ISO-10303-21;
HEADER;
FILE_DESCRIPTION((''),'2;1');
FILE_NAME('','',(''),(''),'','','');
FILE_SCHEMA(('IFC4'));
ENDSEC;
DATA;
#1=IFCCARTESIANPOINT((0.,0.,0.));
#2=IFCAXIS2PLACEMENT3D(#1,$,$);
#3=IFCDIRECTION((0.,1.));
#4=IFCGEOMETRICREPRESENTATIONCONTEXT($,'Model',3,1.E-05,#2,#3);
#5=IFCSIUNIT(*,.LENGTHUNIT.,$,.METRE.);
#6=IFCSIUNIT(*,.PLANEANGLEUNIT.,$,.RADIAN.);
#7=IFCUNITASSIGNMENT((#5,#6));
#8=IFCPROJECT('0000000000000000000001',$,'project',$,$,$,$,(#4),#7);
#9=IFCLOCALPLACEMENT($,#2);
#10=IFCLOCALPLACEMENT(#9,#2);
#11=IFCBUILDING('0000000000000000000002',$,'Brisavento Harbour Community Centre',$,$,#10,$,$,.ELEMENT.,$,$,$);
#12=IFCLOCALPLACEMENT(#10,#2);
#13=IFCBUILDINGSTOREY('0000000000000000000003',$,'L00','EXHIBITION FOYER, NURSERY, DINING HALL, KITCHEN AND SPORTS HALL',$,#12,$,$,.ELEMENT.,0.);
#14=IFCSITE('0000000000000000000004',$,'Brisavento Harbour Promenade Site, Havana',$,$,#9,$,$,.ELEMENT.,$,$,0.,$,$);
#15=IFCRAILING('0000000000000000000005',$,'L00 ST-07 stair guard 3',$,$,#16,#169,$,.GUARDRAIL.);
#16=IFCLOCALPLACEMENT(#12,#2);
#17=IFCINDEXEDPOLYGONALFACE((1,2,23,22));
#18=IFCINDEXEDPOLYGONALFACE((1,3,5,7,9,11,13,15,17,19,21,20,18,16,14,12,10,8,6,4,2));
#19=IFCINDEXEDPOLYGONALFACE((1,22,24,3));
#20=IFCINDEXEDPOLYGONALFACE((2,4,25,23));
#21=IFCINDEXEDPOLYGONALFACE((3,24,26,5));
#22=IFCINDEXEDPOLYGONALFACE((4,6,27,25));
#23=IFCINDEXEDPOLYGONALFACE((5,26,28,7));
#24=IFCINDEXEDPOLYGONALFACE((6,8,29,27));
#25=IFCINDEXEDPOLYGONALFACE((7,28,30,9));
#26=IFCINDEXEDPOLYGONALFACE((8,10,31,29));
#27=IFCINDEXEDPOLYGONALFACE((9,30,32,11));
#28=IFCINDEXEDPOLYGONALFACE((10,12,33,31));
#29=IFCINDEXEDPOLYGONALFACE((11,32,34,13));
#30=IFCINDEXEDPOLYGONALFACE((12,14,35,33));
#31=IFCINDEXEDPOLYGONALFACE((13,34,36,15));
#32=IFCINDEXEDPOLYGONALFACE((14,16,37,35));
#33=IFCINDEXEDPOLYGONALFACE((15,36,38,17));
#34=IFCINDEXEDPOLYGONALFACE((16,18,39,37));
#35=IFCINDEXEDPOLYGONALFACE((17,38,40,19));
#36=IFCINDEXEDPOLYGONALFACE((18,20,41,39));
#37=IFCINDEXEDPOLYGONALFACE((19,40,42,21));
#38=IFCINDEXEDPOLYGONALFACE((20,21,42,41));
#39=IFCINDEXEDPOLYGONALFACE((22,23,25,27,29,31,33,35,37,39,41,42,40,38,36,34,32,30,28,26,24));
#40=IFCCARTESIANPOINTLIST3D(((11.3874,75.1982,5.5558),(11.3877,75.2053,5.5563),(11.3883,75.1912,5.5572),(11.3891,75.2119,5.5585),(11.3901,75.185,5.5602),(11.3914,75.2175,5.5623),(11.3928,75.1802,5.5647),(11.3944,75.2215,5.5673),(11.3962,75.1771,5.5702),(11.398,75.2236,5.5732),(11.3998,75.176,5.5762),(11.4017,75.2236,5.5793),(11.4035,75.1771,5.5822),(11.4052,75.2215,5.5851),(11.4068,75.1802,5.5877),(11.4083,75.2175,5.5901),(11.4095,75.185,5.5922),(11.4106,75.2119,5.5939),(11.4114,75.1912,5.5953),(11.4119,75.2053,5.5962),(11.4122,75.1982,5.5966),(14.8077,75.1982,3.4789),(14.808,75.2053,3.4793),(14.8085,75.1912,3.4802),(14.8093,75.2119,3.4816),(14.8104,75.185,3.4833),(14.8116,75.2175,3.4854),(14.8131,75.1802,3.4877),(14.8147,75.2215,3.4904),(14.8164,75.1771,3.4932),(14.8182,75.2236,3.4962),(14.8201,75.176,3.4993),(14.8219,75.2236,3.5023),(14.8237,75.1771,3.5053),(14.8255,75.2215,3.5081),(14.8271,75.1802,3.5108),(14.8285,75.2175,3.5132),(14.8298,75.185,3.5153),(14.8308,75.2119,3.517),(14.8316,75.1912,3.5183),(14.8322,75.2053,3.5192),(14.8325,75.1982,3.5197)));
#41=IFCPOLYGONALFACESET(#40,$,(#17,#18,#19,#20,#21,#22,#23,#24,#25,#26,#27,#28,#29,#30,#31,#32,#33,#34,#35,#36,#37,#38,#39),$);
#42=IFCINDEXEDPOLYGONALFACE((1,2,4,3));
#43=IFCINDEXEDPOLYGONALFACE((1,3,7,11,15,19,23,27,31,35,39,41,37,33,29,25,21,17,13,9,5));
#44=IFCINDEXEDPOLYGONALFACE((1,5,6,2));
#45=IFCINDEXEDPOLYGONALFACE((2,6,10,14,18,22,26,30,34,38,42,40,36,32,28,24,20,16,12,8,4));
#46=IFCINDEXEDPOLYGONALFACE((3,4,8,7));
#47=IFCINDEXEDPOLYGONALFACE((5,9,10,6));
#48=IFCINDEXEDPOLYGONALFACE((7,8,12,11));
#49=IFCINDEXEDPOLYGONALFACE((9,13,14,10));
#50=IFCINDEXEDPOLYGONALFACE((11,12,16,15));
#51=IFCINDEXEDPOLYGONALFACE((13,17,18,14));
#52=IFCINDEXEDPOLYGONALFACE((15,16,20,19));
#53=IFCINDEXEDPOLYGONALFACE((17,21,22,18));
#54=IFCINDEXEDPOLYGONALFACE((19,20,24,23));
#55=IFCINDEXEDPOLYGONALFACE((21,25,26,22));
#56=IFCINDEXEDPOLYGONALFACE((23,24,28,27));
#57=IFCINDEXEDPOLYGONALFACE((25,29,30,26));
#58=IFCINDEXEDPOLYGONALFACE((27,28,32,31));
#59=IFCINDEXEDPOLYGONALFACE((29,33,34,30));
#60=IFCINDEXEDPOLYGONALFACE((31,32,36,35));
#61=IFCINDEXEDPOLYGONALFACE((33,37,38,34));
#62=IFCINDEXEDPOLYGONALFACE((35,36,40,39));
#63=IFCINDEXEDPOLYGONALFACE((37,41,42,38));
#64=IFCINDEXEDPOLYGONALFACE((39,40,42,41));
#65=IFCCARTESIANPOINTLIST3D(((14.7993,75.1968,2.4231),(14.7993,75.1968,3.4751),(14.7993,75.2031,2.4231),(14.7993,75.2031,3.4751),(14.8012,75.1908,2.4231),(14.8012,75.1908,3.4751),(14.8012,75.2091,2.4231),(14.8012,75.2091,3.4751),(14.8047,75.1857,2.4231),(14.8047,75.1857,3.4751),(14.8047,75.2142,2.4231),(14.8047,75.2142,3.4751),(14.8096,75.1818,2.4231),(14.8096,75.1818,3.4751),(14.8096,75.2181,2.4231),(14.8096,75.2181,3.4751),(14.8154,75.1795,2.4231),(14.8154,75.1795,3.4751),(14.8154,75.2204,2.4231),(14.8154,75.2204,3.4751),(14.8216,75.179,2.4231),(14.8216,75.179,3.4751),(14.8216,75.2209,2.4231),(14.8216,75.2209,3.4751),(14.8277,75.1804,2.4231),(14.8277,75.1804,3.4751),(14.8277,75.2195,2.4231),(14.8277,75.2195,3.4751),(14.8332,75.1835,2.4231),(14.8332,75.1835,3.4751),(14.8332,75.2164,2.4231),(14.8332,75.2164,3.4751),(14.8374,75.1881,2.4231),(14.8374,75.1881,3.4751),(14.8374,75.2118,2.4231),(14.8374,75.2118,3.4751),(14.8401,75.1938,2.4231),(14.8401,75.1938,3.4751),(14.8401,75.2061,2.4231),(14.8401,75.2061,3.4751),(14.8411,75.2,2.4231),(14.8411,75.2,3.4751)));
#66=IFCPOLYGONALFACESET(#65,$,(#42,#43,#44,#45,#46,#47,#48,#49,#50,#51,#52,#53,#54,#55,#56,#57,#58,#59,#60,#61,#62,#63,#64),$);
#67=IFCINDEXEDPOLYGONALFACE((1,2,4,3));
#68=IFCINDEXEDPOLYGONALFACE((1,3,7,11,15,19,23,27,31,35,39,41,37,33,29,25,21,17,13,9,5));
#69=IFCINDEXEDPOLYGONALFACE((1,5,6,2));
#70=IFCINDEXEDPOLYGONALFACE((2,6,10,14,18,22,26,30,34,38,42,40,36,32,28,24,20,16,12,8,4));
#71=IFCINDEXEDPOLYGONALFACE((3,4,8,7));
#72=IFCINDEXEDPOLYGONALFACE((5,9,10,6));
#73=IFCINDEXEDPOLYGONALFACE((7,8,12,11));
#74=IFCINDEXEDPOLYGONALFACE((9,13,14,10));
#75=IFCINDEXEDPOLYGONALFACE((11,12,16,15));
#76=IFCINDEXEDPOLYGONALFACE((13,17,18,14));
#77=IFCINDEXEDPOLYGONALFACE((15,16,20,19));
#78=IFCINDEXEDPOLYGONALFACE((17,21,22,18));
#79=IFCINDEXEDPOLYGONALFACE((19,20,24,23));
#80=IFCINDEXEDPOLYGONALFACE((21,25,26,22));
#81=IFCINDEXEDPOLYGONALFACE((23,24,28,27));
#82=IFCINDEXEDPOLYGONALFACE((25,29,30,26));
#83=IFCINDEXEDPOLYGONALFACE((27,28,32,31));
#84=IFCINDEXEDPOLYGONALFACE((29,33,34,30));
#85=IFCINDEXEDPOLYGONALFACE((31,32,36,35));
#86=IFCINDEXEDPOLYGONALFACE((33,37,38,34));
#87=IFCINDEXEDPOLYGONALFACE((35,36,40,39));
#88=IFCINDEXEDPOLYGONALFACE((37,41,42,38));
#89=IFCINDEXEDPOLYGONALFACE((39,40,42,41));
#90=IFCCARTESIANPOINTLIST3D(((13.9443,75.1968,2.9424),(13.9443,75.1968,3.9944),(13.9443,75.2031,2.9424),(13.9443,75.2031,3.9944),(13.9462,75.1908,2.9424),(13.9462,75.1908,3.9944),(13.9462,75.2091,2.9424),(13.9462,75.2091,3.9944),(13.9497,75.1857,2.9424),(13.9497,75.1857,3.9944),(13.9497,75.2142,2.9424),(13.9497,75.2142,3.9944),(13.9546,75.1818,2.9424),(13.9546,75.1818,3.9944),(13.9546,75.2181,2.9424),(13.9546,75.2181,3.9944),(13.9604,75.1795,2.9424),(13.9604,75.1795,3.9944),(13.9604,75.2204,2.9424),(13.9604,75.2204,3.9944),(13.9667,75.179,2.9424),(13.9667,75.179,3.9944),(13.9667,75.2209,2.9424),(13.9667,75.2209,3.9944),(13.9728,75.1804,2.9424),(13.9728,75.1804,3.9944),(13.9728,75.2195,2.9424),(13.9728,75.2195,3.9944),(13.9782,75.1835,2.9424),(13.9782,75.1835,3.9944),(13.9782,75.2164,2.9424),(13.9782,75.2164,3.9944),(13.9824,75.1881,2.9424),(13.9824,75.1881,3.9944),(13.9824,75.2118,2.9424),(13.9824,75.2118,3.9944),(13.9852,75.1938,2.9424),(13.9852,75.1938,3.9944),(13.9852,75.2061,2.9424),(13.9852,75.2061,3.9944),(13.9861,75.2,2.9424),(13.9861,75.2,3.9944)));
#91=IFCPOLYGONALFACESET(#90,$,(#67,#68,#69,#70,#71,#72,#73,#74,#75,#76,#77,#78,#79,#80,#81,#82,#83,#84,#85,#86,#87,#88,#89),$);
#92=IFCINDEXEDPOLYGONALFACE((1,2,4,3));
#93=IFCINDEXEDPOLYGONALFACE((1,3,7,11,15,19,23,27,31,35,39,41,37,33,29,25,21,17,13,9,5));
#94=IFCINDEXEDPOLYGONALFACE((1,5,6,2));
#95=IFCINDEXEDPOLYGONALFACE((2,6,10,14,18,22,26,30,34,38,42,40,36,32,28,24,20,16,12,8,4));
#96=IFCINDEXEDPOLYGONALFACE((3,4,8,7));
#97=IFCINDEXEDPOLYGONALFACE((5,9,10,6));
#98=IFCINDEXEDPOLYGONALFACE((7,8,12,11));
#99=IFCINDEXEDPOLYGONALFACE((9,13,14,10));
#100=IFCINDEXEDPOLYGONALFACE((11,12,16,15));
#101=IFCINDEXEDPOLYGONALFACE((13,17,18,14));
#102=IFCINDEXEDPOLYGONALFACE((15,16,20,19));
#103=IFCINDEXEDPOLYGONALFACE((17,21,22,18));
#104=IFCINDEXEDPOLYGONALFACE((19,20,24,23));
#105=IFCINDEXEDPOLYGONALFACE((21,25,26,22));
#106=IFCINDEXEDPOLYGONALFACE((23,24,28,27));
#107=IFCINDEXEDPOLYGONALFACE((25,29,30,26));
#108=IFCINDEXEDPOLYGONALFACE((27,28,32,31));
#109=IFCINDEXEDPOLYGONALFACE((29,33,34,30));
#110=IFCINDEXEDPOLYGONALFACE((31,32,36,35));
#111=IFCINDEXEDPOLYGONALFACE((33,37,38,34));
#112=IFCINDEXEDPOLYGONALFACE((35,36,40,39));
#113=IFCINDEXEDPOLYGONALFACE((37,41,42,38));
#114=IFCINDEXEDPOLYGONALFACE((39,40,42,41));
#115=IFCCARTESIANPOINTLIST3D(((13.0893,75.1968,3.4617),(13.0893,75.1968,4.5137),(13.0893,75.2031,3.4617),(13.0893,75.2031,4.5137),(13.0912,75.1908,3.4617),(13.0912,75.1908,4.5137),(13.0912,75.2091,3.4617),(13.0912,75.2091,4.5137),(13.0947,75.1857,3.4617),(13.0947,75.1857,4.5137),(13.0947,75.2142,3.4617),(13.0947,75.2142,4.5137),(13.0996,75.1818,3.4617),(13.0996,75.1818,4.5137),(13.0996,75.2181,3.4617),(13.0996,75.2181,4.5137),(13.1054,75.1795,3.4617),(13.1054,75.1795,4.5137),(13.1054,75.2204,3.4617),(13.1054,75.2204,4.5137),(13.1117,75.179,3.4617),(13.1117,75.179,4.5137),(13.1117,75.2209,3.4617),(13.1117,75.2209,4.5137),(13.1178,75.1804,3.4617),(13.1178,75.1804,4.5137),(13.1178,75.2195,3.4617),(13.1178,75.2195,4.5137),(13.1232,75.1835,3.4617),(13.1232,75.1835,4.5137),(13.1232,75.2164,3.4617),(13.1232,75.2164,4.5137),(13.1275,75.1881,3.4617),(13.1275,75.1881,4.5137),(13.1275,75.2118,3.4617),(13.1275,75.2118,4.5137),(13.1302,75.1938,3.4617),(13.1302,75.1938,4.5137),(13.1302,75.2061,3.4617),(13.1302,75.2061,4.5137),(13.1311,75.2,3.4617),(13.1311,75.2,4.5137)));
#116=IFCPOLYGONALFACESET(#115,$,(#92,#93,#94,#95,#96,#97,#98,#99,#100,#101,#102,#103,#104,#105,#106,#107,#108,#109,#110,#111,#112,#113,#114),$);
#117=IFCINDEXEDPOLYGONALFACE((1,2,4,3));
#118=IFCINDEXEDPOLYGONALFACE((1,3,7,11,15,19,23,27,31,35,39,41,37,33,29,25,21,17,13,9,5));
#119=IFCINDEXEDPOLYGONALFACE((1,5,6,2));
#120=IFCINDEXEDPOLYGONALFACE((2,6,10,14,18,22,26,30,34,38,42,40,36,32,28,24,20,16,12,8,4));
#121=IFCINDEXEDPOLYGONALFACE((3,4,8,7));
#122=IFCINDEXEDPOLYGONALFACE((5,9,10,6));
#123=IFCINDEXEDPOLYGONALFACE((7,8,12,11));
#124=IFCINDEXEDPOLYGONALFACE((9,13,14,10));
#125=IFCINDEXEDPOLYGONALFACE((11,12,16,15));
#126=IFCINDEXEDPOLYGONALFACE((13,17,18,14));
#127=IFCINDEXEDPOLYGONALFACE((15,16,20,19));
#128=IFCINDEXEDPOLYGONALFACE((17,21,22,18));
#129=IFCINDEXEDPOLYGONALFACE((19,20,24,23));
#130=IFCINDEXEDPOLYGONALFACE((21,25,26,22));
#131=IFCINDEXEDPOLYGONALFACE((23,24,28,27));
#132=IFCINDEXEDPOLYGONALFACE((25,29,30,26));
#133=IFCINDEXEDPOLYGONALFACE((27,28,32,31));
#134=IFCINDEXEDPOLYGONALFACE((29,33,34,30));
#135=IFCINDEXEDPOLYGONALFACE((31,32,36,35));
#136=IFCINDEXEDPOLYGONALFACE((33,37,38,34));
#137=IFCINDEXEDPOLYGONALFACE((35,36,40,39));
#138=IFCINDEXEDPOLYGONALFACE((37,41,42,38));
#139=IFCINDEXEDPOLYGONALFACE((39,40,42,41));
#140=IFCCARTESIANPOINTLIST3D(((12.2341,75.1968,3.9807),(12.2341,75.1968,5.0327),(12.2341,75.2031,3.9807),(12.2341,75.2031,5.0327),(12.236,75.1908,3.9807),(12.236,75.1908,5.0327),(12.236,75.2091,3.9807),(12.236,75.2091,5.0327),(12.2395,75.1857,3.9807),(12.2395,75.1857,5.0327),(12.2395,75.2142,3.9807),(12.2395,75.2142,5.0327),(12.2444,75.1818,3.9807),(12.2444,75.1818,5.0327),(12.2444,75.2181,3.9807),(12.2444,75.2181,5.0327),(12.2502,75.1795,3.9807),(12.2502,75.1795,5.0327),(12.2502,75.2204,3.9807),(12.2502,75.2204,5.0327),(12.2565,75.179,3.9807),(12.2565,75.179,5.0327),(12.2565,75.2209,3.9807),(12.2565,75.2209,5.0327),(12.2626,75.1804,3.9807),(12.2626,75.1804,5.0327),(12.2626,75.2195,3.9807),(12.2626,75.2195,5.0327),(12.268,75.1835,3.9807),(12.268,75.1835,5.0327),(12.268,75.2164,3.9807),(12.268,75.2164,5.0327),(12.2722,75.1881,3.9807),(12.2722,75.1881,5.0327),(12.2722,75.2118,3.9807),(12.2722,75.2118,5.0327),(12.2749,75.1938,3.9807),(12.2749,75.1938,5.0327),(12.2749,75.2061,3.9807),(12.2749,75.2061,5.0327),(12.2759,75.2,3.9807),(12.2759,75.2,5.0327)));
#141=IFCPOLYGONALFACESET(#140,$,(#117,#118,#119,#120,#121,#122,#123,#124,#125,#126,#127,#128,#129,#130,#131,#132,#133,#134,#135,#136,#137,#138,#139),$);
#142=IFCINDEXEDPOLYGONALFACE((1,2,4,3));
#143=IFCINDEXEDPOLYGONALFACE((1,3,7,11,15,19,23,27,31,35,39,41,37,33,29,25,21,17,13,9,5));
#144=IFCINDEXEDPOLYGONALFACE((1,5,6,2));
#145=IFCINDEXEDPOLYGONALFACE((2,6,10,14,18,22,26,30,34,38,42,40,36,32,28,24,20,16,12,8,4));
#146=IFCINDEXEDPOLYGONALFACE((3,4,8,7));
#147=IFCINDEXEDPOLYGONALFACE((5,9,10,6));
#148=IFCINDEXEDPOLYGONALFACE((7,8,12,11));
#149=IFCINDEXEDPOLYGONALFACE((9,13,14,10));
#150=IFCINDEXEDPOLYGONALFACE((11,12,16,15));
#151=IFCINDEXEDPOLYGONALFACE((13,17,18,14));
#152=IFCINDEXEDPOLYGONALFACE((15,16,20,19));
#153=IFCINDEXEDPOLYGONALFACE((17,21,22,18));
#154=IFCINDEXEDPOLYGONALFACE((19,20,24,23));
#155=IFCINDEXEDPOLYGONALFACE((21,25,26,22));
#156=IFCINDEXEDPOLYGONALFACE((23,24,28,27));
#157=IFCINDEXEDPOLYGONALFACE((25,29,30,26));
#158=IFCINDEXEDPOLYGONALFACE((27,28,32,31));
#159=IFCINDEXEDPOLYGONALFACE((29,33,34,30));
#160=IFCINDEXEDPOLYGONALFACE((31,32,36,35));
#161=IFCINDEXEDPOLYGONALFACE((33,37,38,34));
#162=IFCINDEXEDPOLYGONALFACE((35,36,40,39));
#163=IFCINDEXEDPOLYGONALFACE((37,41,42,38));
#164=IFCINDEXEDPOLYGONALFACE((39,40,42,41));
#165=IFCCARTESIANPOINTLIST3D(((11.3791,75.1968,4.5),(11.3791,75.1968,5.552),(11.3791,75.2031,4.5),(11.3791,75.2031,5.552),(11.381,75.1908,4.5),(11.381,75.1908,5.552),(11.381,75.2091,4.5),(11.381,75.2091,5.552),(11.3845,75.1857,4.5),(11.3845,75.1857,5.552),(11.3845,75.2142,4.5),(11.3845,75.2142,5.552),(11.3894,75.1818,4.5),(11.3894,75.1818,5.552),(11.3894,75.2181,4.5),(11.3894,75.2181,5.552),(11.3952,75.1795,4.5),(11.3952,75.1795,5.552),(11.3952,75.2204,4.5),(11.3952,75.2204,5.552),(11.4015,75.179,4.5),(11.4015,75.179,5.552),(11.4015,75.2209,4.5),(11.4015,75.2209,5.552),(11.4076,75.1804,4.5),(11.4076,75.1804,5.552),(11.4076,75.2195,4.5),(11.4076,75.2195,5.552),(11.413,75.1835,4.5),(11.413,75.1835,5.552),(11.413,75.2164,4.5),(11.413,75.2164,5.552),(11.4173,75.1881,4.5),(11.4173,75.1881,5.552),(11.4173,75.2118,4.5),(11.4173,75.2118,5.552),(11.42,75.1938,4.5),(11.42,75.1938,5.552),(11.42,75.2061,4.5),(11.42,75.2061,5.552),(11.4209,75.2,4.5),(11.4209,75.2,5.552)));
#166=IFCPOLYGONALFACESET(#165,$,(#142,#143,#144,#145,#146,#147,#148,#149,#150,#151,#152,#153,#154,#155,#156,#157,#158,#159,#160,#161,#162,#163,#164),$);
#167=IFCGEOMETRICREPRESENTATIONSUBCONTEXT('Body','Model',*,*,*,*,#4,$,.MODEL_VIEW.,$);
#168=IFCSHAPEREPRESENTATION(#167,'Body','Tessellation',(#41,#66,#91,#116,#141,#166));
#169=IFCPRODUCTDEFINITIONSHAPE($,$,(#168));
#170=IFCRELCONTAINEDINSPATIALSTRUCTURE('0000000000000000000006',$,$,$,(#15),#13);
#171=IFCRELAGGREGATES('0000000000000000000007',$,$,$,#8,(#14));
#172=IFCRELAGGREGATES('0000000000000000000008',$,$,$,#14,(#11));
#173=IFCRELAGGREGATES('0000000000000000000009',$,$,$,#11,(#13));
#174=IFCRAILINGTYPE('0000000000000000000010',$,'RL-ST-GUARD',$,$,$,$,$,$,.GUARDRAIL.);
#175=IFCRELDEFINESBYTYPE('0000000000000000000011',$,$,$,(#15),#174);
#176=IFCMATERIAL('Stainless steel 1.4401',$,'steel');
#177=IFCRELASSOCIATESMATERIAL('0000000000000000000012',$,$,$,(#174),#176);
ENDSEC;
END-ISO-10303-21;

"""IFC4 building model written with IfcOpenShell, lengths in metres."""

from ifc_helpers import new_model, si_unit, direction, frame, origin, origin_2d, place, context, subcontext, project, spatial, circle, extrude, material, type_object, element, save


model = new_model("IFC4")

# Units and contexts
model_context = context("Model", 3, precision=1e-05, world=origin(), true_north=direction((0.0, 1.0)))
body_context = subcontext(model_context, "Body", "Model", "MODEL_VIEW")
ifc_project = project(units=[si_unit("LENGTHUNIT", "METRE"), si_unit("PLANEANGLEUNIT", "RADIAN")], contexts=[model_context])

# Site, building, storey
site_placement = place(None, origin())
site = spatial("IfcSite", under=ifc_project, at=site_placement, Name="Brisavento Harbour Promenade Site, Havana", CompositionType="ELEMENT", RefElevation=0.0)
building_placement = place(site_placement, origin())
building = spatial("IfcBuilding", under=site, at=building_placement, Name="Brisavento Harbour Community Centre", CompositionType="ELEMENT")
storey_placement = place(building_placement, origin())
storey = spatial("IfcBuildingStorey", under=building, at=storey_placement, Name="L00", Description="EXHIBITION FOYER, NURSERY, DINING HALL, KITCHEN AND SPORTS HALL", CompositionType="ELEMENT", Elevation=0.0)

# Railing
ifc_material_1 = material(Name="Stainless steel 1.4401", Category="steel")
railing_type_1 = type_object("IfcRailingType", Name="RL-ST-GUARD", PredefinedType="GUARDRAIL", material=ifc_material_1)
railing_1_placement = place(storey_placement, frame((14.8201, 75.2, 2.4231)))
element("IfcRailing", 1, at=railing_1_placement, inside=storey, type_object=railing_type_1, Name="L00 ST-07 stair guard 3", PredefinedType="GUARDRAIL", context=body_context, shape_type="SweptSolid", body=[
    extrude(circle(Radius=0.0239, at=origin_2d()), frame((0.0, 0.0, 1.0762), z_axis=(-0.854746, 0.0, 0.519047), x_axis=(0.0, -1.0, 0.0)), (0.0, 0.0, 1.0), 4.0015),
    extrude(circle(Radius=0.021, at=origin_2d()), origin(), (0.0, 0.0, 1.0), 1.052),
    extrude(circle(Radius=0.021, at=origin_2d()), frame((-0.855, 0.0, 0.5193)), (0.0, 0.0, 1.0), 1.052),
    extrude(circle(Radius=0.021, at=origin_2d()), frame((-1.71, 0.0, 1.0386)), (0.0, 0.0, 1.0), 1.052),
    extrude(circle(Radius=0.021, at=origin_2d()), frame((-2.5652, 0.0, 1.5576)), (0.0, 0.0, 1.0), 1.052),
    extrude(circle(Radius=0.021, at=origin_2d()), frame((-3.4202, 0.0, 2.0769)), (0.0, 0.0, 1.0), 1.052),
])

save(model, "model.ifc")
